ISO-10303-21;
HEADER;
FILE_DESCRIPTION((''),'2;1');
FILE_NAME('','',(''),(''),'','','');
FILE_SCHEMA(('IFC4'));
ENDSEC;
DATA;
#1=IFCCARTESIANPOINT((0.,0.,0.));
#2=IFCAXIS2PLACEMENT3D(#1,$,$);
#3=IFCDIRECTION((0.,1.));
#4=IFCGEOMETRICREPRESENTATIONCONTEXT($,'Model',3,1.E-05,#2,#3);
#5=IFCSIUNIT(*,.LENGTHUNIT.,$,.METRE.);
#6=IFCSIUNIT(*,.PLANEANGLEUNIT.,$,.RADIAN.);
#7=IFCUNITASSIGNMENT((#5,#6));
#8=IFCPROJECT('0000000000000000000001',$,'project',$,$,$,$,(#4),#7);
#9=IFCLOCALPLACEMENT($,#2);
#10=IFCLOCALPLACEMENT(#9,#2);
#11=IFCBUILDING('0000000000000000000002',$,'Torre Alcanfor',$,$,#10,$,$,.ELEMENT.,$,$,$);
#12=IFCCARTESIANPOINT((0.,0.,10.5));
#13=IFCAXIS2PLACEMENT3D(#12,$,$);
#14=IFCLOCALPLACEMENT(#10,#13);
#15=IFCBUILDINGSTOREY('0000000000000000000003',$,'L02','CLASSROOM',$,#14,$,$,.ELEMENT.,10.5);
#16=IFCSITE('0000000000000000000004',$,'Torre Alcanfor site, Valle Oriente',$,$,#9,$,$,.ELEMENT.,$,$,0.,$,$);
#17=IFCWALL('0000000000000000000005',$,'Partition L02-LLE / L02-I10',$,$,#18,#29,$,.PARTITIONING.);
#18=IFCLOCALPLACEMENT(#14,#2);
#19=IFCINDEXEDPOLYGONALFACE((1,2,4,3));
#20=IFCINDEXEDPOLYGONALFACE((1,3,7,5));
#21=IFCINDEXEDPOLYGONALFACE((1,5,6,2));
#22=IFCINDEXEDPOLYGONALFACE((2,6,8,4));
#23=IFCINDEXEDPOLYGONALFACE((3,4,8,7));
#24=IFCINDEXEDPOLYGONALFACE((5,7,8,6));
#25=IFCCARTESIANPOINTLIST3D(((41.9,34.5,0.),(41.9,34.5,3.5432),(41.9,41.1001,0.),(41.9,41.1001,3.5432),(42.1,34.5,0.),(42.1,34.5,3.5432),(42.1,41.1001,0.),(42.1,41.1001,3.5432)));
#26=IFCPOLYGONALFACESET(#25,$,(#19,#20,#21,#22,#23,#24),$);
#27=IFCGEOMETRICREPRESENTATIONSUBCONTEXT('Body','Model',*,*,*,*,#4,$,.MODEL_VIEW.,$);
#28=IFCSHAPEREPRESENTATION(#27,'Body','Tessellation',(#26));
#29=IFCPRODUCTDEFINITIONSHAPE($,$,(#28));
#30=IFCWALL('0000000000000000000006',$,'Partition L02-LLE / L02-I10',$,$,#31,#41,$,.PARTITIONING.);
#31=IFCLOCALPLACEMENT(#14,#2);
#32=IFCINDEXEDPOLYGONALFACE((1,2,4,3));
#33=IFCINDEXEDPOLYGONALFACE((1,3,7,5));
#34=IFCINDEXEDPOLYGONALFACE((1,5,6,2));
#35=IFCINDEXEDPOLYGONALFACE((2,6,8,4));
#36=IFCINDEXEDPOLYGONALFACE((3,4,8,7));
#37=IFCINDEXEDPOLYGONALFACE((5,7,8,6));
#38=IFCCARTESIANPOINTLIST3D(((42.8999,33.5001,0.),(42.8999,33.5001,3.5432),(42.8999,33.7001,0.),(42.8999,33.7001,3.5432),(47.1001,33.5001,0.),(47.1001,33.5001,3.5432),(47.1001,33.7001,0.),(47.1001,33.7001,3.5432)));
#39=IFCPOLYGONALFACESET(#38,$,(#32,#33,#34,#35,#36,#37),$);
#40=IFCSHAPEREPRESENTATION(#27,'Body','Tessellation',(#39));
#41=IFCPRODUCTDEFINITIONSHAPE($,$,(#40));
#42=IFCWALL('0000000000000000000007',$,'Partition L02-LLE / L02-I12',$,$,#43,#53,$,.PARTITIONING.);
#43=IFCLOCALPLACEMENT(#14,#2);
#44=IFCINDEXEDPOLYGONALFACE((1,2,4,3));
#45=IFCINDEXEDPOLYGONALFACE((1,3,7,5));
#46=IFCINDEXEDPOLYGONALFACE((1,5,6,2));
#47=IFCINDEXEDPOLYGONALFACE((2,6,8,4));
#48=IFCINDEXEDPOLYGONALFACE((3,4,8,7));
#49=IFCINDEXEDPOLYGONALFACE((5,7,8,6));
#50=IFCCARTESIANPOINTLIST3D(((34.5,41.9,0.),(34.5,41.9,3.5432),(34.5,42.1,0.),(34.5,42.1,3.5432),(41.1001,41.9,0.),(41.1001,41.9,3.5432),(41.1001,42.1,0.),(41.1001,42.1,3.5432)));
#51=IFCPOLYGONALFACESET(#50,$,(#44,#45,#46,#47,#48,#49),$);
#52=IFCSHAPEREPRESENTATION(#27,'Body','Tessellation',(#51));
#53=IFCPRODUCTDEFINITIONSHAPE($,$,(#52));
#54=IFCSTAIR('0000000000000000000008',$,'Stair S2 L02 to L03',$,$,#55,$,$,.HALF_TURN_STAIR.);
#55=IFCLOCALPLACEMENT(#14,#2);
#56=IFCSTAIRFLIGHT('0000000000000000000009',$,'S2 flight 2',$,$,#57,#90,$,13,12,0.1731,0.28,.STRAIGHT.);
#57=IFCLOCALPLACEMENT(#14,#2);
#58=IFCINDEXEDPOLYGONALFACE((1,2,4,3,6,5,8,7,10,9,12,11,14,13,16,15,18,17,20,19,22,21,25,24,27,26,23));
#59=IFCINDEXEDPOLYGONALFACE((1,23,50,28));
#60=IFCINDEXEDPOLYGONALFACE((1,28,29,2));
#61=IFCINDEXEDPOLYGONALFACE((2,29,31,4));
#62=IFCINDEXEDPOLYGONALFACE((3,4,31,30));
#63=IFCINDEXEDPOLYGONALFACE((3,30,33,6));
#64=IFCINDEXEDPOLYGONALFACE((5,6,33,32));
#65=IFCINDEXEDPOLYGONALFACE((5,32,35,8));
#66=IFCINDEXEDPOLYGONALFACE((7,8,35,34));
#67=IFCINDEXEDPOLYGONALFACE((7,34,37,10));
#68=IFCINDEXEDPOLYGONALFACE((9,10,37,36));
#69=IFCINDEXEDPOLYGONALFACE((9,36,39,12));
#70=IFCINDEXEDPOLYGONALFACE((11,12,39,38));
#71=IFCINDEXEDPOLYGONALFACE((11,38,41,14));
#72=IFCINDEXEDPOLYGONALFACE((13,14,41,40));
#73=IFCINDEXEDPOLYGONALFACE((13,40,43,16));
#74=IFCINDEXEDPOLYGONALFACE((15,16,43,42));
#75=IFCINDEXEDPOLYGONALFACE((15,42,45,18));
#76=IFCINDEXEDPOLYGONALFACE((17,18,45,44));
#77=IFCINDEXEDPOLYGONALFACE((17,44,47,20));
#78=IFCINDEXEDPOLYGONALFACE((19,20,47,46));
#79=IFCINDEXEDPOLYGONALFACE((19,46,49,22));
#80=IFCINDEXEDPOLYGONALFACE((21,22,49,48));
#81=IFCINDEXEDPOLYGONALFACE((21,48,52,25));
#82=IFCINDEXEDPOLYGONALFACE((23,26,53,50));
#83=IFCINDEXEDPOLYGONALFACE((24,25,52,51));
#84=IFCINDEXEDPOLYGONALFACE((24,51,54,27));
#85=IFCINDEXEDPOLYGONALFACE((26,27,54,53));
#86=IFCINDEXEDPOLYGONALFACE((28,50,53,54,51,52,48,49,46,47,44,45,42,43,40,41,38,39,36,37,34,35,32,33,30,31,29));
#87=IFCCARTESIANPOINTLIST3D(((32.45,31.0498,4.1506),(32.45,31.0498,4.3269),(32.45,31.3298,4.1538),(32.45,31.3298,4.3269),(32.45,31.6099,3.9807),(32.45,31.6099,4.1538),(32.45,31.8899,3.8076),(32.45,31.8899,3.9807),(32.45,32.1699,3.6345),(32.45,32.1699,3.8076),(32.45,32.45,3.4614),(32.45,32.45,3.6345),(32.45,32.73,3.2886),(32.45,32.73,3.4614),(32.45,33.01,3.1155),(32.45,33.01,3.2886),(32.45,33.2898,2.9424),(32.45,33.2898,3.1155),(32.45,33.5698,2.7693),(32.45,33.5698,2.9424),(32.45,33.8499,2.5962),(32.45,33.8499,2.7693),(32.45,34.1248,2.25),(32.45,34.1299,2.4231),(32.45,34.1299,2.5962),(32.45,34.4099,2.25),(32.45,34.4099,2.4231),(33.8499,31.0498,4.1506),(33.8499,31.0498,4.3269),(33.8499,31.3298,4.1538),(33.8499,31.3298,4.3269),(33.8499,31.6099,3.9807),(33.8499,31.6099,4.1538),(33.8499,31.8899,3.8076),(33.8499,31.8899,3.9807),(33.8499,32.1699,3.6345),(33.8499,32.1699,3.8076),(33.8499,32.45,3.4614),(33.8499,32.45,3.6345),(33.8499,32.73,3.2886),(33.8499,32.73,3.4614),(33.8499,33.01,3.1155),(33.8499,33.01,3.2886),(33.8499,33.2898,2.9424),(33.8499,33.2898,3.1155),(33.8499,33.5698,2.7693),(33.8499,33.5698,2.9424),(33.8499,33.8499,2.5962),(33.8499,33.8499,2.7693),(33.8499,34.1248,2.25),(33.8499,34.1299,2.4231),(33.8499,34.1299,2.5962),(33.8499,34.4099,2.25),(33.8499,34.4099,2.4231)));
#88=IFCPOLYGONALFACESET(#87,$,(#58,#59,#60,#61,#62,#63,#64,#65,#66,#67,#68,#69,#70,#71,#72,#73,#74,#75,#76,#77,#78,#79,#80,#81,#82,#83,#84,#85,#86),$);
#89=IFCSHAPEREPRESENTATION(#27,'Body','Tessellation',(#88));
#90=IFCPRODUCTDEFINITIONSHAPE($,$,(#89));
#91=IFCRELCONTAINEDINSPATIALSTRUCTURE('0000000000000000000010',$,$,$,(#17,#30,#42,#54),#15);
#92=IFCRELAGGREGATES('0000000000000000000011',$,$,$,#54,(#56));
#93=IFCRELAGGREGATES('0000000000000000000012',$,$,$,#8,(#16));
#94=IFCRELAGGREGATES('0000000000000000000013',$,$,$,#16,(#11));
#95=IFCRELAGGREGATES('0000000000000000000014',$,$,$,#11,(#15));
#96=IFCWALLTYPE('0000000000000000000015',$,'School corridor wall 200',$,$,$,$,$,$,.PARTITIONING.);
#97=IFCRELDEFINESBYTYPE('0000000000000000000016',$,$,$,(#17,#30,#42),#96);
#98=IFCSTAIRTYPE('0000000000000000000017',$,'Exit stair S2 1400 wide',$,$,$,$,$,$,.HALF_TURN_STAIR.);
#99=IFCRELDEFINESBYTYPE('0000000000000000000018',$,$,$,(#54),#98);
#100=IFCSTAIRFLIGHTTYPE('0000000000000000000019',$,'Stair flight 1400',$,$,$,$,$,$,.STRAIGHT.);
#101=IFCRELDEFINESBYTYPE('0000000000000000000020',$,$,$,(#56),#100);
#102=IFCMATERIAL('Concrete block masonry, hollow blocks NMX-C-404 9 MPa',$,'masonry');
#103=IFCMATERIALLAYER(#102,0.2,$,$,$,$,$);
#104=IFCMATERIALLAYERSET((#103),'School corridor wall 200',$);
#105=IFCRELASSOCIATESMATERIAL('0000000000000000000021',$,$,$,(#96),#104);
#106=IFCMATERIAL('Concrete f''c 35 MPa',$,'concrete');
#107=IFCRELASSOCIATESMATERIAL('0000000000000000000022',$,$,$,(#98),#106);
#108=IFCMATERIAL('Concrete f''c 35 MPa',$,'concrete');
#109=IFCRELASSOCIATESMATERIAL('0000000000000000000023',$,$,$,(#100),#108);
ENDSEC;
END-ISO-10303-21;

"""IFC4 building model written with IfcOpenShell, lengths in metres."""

from ifc_helpers import new_model, si_unit, direction, frame, frame_2d, origin, place, context, subcontext, project, spatial, polyline, rectangle, outline, extrude, material, layer, layer_set, type_object, element, aggregate, save


model = new_model("IFC4")

# Units and contexts
model_context = context("Model", 3, precision=1e-05, world=origin(), true_north=direction((0.0, 1.0)))
body_context = subcontext(model_context, "Body", "Model", "MODEL_VIEW")
ifc_project = project(units=[si_unit("LENGTHUNIT", "METRE"), si_unit("PLANEANGLEUNIT", "RADIAN")], contexts=[model_context])

# Site, building, storey
site_placement = place(None, origin())
site = spatial("IfcSite", under=ifc_project, at=site_placement, Name="Torre Alcanfor site, Valle Oriente", CompositionType="ELEMENT", RefElevation=0.0)
building_placement = place(site_placement, origin())
building = spatial("IfcBuilding", under=site, at=building_placement, Name="Torre Alcanfor", CompositionType="ELEMENT")
storey_placement = place(building_placement, frame((0.0, 0.0, 10.5)))
storey = spatial("IfcBuildingStorey", under=building, at=storey_placement, Name="L02", Description="CLASSROOM", CompositionType="ELEMENT", Elevation=10.5)

# Shared definitions
ifc_material_1 = material(Name="Concrete block masonry, hollow blocks NMX-C-404 9 MPa", Category="masonry")
ifc_layer_1 = layer(ifc_material_1, 0.2)
ifc_layer_set_1 = layer_set([ifc_layer_1], Name="School corridor wall 200")
wall_type_1 = type_object("IfcWallType", Name="School corridor wall 200", PredefinedType="PARTITIONING", material=ifc_layer_set_1)

# Walls
wall_1_placement = place(storey_placement, frame((42.0, 41.1001, 0.0), z_axis=(0.0, 0.0, 1.0), x_axis=(0.0, -1.0, 0.0)))
element("IfcWall", 1, at=wall_1_placement, inside=storey, type_object=wall_type_1, Name="Partition L02-LLE / L02-I10", PredefinedType="PARTITIONING", context=body_context, shape_type="SweptSolid", body=[
    extrude(rectangle(XDim=6.6001, YDim=0.2, at=frame_2d((3.3, 0.0))), origin(), (0.0, 0.0, 1.0), 3.5432),
])
wall_2_placement = place(storey_placement, frame((42.8999, 33.6001, 0.0), z_axis=(0.0, 0.0, 1.0), x_axis=(1.0, 0.0, 0.0)))
element("IfcWall", 2, at=wall_2_placement, inside=storey, type_object=wall_type_1, Name="Partition L02-LLE / L02-I10", PredefinedType="PARTITIONING", context=body_context, shape_type="SweptSolid", body=[
    extrude(rectangle(XDim=4.2002, YDim=0.2, at=frame_2d((2.1001, 0.0))), origin(), (0.0, 0.0, 1.0), 3.5432),
])
wall_3_placement = place(storey_placement, frame((34.5, 42.0, 0.0), z_axis=(0.0, 0.0, 1.0), x_axis=(1.0, 0.0, 0.0)))
element("IfcWall", 3, at=wall_3_placement, inside=storey, type_object=wall_type_1, Name="Partition L02-LLE / L02-I12", PredefinedType="PARTITIONING", context=body_context, shape_type="SweptSolid", body=[
    extrude(rectangle(XDim=6.6001, YDim=0.2, at=frame_2d((3.3, 0.0))), origin(), (0.0, 0.0, 1.0), 3.5432),
])

# Stair, stair flight
ifc_material_2 = material(Name="Concrete f'c 35 MPa", Category="concrete")
stair_type = type_object("IfcStairType", Name="Exit stair S2 1400 wide", PredefinedType="HALF_TURN_STAIR", material=ifc_material_2)
stair_placement = place(storey_placement, origin())
stair = element("IfcStair", 4, at=stair_placement, inside=storey, type_object=stair_type, Name="Stair S2 L02 to L03", PredefinedType="HALF_TURN_STAIR")
ifc_material_3 = material(Name="Concrete f'c 35 MPa", Category="concrete")
stair_flight_type = type_object("IfcStairFlightType", Name="Stair flight 1400", PredefinedType="STRAIGHT", material=ifc_material_3)
stair_flight_placement = place(storey_placement, frame((33.1499, 34.4099, 2.25), z_axis=(0.0, 0.0, 1.0), x_axis=(0.0, -1.0, 0.0)))
stair_flight = element("IfcStairFlight", 5, at=stair_flight_placement, type_object=stair_flight_type, Name="S2 flight 2", NumberOfRisers=13, NumberOfTreads=12, PredefinedType="STRAIGHT", RiserHeight=0.1731, TreadLength=0.28, context=body_context, shape_type="SweptSolid", body=[
    extrude(outline(polyline([(0.0, 0.0), (0.0, 0.1731), (0.28, 0.1731), (0.28, 0.3462), (0.5601, 0.3462), (0.5601, 0.5193), (0.8401, 0.5193), (0.8401, 0.6924), (1.1201, 0.6924), (1.1201, 0.8655), (1.3999, 0.8655), (1.3999, 1.0386), (1.6799, 1.0386), (1.6799, 1.2114), (1.96, 1.2114), (1.96, 1.3845), (2.24, 1.3845), (2.24, 1.5576), (2.52, 1.5576), (2.52, 1.7307), (2.8, 1.7307), (2.8, 1.9038), (3.0801, 1.9038), (3.0801, 2.0769), (3.3601, 2.0769), (3.3601, 2.25), (3.3601, 1.9006), (0.2852, 0.0), (0.0, 0.0)])), frame((0.0, 0.7, 0.0), z_axis=(0.0, -1.0, 0.0), x_axis=(1.0, 0.0, 0.0)), (0.0, 0.0, 1.0), 1.3999),
])
aggregate(stair, [stair_flight])

save(model, "model.ifc")
